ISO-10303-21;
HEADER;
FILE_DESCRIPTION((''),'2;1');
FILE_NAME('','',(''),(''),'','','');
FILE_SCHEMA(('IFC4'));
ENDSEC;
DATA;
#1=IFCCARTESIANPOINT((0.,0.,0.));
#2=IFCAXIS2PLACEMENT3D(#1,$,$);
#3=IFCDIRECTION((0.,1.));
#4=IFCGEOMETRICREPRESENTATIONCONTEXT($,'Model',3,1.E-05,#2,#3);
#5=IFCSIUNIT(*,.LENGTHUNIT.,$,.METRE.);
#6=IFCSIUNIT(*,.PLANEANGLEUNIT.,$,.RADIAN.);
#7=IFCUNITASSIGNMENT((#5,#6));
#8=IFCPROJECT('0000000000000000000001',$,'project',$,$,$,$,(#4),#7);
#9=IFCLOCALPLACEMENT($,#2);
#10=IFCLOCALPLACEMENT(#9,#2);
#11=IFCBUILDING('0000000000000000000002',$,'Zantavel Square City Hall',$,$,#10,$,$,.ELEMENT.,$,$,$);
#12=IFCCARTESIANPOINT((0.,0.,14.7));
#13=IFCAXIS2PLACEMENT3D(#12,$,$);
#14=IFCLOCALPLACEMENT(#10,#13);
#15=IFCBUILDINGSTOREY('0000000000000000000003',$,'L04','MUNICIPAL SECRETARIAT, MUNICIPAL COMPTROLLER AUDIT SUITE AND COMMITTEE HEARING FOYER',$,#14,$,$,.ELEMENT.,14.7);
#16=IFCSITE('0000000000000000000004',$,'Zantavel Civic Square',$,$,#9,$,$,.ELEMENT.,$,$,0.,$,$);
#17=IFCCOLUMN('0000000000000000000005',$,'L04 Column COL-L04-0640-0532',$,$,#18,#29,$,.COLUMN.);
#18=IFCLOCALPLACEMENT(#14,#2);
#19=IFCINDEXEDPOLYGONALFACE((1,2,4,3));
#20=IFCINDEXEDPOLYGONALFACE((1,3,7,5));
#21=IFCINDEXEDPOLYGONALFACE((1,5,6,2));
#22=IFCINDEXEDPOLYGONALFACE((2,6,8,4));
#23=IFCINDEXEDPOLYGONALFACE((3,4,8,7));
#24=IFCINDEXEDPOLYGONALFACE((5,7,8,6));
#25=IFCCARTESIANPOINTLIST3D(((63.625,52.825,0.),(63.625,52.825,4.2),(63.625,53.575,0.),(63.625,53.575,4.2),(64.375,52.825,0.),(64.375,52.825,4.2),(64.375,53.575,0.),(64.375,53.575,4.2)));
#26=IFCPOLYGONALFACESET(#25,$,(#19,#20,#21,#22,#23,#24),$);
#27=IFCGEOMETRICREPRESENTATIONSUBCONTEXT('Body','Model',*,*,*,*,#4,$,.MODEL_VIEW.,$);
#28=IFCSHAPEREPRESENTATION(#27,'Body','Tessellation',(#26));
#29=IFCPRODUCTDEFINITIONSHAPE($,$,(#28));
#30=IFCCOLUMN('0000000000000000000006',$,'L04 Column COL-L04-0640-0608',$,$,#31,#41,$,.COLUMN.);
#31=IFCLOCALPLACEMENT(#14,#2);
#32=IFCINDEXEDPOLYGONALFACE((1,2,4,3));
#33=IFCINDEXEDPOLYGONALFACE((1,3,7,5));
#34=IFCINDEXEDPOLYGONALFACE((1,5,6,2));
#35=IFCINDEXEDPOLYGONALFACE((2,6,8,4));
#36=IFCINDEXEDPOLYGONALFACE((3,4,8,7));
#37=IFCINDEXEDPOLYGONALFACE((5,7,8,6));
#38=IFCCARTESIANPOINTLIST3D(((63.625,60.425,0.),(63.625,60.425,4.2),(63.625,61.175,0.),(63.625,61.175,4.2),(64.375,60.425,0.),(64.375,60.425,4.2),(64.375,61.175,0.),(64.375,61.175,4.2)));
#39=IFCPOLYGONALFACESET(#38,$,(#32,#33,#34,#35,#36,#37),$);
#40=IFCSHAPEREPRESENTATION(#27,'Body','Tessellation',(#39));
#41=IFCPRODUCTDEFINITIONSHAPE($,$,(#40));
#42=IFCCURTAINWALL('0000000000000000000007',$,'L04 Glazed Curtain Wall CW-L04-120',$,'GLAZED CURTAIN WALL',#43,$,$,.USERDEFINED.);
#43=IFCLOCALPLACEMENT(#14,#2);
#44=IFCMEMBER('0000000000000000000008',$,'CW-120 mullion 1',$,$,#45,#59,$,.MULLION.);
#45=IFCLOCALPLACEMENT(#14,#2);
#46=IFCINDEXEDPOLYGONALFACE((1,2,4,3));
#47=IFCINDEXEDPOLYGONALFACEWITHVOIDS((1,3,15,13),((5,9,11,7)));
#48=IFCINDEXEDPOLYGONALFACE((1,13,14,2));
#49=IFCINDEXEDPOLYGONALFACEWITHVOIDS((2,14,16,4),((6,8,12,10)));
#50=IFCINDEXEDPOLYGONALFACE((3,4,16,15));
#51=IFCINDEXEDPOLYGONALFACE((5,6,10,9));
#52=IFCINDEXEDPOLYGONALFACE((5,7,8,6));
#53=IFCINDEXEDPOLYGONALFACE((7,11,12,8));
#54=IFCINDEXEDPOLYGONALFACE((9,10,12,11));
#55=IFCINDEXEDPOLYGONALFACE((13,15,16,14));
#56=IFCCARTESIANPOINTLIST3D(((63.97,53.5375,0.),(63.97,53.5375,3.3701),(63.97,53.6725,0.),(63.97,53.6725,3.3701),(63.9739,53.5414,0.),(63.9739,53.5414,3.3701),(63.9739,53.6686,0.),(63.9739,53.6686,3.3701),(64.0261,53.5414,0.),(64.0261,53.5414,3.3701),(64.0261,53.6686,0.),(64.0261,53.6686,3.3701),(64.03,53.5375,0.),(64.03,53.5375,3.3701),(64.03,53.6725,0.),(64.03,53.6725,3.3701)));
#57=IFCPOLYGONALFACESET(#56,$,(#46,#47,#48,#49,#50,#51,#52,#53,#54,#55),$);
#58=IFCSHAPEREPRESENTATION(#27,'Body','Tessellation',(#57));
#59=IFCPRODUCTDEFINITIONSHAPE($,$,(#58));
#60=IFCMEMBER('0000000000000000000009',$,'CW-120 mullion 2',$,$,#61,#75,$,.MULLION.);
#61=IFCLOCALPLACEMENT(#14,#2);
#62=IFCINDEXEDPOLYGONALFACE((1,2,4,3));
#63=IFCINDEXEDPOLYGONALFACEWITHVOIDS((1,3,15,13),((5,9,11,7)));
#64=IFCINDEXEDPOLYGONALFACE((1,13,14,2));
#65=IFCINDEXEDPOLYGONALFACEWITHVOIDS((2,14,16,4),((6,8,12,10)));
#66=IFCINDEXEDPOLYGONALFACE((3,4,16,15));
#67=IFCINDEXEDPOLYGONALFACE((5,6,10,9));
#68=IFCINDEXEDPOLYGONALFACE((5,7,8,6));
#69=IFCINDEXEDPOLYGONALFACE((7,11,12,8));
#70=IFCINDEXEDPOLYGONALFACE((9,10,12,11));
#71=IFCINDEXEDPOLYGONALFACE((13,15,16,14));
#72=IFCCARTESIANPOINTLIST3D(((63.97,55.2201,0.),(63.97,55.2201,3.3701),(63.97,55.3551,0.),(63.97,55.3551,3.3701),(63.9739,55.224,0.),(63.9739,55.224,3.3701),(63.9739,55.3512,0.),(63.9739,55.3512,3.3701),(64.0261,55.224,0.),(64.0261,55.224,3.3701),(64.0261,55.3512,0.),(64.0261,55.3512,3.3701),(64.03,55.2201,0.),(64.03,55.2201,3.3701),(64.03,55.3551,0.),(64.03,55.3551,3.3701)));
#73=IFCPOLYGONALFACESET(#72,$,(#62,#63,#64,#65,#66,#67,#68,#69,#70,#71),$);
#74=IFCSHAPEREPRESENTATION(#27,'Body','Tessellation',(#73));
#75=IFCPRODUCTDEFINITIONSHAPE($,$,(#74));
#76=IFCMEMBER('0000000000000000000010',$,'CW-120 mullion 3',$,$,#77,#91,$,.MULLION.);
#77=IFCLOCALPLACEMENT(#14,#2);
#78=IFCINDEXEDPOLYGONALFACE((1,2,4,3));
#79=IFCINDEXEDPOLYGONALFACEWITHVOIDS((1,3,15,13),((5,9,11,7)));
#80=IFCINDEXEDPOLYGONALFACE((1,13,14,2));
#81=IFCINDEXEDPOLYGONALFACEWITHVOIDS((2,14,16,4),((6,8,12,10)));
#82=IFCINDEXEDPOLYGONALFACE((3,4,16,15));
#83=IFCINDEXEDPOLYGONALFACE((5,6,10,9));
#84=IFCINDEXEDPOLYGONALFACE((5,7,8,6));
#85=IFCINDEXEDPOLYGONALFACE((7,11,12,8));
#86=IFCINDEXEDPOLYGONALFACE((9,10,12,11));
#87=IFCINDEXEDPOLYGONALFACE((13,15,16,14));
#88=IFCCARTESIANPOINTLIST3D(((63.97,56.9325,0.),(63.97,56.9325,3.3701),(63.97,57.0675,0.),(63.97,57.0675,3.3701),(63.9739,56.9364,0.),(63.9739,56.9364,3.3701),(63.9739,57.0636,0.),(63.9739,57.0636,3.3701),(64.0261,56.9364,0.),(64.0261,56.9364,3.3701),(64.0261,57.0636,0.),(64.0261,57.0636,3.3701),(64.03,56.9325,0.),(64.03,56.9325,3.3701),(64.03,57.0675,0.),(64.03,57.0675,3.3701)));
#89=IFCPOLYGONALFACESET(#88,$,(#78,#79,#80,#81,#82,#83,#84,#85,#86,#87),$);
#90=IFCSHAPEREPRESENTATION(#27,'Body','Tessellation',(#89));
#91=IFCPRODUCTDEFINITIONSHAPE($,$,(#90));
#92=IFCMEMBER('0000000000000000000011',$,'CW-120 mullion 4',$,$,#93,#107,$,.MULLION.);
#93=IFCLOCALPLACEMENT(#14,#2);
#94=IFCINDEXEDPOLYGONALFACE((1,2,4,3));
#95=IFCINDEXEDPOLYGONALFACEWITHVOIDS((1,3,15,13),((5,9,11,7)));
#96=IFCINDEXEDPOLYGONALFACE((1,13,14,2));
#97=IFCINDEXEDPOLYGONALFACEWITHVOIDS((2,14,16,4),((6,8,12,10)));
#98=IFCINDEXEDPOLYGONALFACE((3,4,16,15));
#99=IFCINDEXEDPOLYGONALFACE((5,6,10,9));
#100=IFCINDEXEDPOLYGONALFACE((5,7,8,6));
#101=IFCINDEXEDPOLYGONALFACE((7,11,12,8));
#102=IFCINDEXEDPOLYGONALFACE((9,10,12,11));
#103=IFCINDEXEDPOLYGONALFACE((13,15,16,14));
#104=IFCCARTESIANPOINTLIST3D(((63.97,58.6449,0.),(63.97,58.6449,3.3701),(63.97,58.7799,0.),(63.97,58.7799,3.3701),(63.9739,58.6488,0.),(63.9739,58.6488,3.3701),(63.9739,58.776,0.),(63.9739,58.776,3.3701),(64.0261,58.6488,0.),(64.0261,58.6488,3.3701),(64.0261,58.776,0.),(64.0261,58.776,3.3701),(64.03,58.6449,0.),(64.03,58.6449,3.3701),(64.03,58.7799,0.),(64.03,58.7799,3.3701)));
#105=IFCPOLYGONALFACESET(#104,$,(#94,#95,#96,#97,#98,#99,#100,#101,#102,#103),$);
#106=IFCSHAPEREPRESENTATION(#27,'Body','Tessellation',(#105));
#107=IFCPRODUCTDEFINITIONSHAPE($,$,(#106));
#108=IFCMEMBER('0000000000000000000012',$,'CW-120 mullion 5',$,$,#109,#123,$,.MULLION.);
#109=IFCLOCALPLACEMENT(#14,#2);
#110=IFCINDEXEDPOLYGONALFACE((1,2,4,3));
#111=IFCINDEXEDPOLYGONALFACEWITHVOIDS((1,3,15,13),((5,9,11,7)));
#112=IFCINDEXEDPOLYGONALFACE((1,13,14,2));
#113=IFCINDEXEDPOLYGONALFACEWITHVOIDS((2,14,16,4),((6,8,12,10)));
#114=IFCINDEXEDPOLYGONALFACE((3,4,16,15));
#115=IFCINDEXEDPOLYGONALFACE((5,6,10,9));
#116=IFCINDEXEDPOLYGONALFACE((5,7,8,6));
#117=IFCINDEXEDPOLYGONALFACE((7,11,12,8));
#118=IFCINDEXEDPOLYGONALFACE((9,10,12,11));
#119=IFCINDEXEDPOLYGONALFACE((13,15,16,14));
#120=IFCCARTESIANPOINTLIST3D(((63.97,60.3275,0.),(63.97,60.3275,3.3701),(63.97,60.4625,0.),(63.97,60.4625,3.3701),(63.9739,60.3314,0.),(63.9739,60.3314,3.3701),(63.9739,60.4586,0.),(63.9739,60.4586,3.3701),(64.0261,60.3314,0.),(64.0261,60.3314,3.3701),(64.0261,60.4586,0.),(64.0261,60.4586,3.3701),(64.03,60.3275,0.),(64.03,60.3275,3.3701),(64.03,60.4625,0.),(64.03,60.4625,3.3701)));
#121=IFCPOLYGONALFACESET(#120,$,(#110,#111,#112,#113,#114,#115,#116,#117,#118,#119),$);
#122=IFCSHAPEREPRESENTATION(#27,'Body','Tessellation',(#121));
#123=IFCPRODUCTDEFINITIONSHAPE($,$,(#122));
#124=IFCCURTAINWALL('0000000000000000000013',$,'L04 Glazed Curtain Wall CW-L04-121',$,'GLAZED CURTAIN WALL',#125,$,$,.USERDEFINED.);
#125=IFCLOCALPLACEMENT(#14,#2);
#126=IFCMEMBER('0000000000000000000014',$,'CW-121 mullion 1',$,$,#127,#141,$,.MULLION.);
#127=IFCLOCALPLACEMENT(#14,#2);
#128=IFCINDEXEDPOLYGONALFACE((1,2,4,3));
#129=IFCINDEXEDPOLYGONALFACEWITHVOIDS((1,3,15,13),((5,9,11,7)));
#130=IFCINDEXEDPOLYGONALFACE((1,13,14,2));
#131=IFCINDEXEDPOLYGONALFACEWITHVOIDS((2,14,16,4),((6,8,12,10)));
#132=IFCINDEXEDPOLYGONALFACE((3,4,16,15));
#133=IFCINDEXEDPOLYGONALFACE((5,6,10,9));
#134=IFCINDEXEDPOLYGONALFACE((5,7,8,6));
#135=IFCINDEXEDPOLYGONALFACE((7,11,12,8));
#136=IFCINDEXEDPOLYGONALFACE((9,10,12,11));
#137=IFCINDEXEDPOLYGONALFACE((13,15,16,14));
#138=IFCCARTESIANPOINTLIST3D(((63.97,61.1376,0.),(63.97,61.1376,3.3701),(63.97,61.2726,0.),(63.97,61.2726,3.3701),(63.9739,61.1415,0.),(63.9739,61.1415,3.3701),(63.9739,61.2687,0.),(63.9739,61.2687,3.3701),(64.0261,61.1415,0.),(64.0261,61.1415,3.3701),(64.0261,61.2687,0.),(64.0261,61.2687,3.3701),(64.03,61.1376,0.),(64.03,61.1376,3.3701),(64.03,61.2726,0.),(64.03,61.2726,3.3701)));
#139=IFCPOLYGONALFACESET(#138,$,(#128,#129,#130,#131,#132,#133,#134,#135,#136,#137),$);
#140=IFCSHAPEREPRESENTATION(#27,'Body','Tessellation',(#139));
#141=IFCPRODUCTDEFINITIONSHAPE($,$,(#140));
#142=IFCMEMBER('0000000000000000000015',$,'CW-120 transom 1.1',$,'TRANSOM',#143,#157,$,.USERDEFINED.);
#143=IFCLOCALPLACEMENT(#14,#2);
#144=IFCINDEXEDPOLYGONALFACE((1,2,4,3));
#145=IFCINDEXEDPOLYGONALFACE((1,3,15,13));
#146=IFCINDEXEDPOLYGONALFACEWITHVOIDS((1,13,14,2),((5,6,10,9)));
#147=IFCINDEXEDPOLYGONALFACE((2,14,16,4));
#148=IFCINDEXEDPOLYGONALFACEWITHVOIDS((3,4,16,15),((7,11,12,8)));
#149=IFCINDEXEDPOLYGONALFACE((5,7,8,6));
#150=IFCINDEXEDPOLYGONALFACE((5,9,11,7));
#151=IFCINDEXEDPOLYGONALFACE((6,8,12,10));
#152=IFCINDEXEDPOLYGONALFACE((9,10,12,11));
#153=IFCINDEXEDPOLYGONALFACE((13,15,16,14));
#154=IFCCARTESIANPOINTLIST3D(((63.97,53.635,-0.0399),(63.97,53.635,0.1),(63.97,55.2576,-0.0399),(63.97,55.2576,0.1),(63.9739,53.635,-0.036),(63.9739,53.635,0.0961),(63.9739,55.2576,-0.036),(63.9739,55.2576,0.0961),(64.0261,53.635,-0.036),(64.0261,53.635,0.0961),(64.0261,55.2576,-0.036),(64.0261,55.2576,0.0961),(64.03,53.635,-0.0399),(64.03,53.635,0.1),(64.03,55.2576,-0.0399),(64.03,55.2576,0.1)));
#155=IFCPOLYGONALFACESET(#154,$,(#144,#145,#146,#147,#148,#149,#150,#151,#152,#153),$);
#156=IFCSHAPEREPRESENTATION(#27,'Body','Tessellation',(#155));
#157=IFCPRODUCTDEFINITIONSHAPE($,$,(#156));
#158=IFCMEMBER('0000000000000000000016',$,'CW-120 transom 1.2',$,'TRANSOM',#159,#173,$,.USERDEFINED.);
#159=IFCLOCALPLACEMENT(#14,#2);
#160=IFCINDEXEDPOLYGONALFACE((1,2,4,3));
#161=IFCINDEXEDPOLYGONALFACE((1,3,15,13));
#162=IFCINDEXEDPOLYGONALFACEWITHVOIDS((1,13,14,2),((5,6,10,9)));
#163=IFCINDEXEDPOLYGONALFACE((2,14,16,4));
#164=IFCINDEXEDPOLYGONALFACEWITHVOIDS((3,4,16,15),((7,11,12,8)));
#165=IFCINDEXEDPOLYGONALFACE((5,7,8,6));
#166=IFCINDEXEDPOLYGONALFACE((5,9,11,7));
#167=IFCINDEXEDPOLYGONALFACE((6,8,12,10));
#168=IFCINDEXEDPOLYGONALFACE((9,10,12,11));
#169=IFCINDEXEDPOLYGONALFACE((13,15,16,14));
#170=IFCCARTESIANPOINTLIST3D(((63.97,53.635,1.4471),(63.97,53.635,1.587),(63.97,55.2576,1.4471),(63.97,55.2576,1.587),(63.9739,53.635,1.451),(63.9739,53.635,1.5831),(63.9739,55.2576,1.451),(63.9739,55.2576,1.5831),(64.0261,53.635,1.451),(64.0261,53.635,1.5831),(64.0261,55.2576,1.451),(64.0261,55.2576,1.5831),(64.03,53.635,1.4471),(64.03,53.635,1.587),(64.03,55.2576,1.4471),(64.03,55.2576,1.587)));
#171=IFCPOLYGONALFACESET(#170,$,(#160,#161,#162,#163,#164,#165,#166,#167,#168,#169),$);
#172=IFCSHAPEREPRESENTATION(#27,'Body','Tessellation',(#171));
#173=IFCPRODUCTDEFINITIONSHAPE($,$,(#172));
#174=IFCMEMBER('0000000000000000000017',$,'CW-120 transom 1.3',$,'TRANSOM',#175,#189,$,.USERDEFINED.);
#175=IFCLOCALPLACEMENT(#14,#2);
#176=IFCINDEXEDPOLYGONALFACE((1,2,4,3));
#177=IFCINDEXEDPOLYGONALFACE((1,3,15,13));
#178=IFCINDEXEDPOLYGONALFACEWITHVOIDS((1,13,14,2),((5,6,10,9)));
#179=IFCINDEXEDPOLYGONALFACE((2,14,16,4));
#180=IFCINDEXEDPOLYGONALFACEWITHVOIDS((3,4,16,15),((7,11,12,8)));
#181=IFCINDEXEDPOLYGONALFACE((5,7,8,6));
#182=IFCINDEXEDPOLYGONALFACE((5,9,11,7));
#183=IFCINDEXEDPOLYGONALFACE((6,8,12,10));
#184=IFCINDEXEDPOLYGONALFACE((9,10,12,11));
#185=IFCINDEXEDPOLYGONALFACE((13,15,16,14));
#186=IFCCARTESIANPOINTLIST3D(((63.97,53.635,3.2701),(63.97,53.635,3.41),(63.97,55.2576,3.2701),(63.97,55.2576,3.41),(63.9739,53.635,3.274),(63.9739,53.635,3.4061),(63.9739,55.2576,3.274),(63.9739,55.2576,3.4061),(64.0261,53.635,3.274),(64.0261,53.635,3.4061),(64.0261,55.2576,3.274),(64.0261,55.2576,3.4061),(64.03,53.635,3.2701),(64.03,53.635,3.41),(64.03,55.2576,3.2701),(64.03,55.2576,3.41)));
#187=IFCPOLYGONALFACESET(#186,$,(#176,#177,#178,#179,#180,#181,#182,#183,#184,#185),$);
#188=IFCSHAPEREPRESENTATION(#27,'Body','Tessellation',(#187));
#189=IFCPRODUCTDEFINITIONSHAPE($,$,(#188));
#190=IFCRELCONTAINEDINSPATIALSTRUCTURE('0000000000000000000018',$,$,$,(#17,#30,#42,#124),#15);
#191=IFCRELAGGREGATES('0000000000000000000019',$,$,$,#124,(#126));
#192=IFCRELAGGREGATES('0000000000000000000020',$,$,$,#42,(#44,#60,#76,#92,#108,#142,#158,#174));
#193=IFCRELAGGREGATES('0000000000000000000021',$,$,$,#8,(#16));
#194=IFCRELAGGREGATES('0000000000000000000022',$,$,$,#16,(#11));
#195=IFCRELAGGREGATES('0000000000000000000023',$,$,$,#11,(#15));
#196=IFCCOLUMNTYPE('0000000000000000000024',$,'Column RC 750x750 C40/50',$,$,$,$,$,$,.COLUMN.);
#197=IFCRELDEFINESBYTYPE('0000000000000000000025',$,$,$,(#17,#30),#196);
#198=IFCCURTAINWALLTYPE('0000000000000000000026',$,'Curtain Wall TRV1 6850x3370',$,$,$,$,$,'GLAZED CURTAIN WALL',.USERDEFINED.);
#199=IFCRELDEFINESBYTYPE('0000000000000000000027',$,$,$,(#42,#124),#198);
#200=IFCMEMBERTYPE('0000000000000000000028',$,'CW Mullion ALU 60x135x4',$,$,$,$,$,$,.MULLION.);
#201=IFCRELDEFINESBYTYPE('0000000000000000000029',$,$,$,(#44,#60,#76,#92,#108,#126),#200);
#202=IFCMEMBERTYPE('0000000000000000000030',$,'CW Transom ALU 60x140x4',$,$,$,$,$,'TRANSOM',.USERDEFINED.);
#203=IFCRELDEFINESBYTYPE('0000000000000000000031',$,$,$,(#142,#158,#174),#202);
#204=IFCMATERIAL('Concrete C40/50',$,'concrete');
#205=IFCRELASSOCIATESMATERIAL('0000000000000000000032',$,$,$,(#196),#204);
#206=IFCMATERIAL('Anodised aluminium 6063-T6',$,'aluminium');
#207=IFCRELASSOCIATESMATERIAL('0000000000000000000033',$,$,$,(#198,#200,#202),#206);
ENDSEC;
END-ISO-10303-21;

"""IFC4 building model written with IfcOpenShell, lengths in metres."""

from ifc_helpers import new_model, si_unit, direction, frame, origin, origin_2d, place, context, subcontext, project, spatial, rectangle, hollow_rectangle, extrude, material, material_profile, profile_set, type_object, element, aggregate, save


model = new_model("IFC4")

# Units and contexts
model_context = context("Model", 3, precision=1e-05, world=origin(), true_north=direction((0.0, 1.0)))
body_context = subcontext(model_context, "Body", "Model", "MODEL_VIEW")
ifc_project = project(units=[si_unit("LENGTHUNIT", "METRE"), si_unit("PLANEANGLEUNIT", "RADIAN")], contexts=[model_context])

# Site, building, storey
site_placement = place(None, origin())
site = spatial("IfcSite", under=ifc_project, at=site_placement, Name="Zantavel Civic Square", CompositionType="ELEMENT", RefElevation=0.0)
building_placement = place(site_placement, origin())
building = spatial("IfcBuilding", under=site, at=building_placement, Name="Zantavel Square City Hall", CompositionType="ELEMENT")
storey_placement = place(building_placement, frame((0.0, 0.0, 14.7)))
storey = spatial("IfcBuildingStorey", under=building, at=storey_placement, Name="L04", Description="MUNICIPAL SECRETARIAT, MUNICIPAL COMPTROLLER AUDIT SUITE AND COMMITTEE HEARING FOYER", CompositionType="ELEMENT", Elevation=14.7)

# Columns
ifc_material_1 = material(Name="Concrete C40/50", Category="concrete")
ifc_material_profile_1 = material_profile(ifc_material_1, rectangle(XDim=0.75, YDim=0.75, at=origin_2d()), Name="RC 750x750")
ifc_profile_set_1 = profile_set([ifc_material_profile_1], Name="Concrete C40/50")
column_type = type_object("IfcColumnType", Name="Column RC 750x750 C40/50", PredefinedType="COLUMN", material=ifc_profile_set_1)
for number, where, z_axis, x_axis, name in (
    (1, (64.0, 53.2, 0.0), (0.0, 0.0, 1.0), (1.0, 0.0, 0.0), "L04 Column COL-L04-0640-0532"),
    (2, (64.0, 60.8, 0.0), (0.0, 0.0, 1.0), (1.0, 0.0, 0.0), "L04 Column COL-L04-0640-0608"),
):
    element("IfcColumn", number, at=place(storey_placement, frame(where, z_axis=z_axis, x_axis=x_axis)), inside=storey, type_object=column_type, Name=name, PredefinedType="COLUMN", context=body_context, shape_type="SweptSolid", body=[
        extrude(rectangle(XDim=0.75, YDim=0.75, at=origin_2d()), origin(), (0.0, 0.0, 1.0), 4.2),
    ])

# Curtain wall, members
ifc_material_2 = material(Name="Anodised aluminium 6063-T6", Category="aluminium")
curtain_wall_type = type_object("IfcCurtainWallType", Name="Curtain Wall TRV1 6850x3370", ElementType="GLAZED CURTAIN WALL", PredefinedType="USERDEFINED", material=ifc_material_2)
curtain_wall_1_placement = place(storey_placement, origin())
curtain_wall_1 = element("IfcCurtainWall", 3, at=curtain_wall_1_placement, inside=storey, type_object=curtain_wall_type, Name="L04 Glazed Curtain Wall CW-L04-120", ObjectType="GLAZED CURTAIN WALL", PredefinedType="USERDEFINED")
ifc_material_profile_2 = material_profile(ifc_material_2, hollow_rectangle(XDim=0.0601, YDim=0.135, WallThickness=0.0039, at=origin_2d()), Name="ALU 60x135x4")
ifc_profile_set_2 = profile_set([ifc_material_profile_2], Name="Anodised aluminium 6063-T6")
member_type_1 = type_object("IfcMemberType", Name="CW Mullion ALU 60x135x4", PredefinedType="MULLION", material=ifc_profile_set_2)
member_1_placement = place(storey_placement, frame((64.0, 53.605, 0.0), z_axis=(0.0, 0.0, 1.0), x_axis=(-1.0, 0.0, 0.0)))
member_1 = element("IfcMember", 4, at=member_1_placement, type_object=member_type_1, Name="CW-120 mullion 1", PredefinedType="MULLION", context=body_context, shape_type="SweptSolid", body=[
    extrude(hollow_rectangle(XDim=0.0601, YDim=0.135, WallThickness=0.0039, at=origin_2d()), origin(), (0.0, 0.0, 1.0), 3.3701),
])
member_2_placement = place(storey_placement, frame((64.0, 55.2876, 0.0), z_axis=(0.0, 0.0, 1.0), x_axis=(-1.0, 0.0, 0.0)))
member_2 = element("IfcMember", 5, at=member_2_placement, type_object=member_type_1, Name="CW-120 mullion 2", PredefinedType="MULLION", context=body_context, shape_type="SweptSolid", body=[
    extrude(hollow_rectangle(XDim=0.0601, YDim=0.135, WallThickness=0.0039, at=origin_2d()), origin(), (0.0, 0.0, 1.0), 3.3701),
])
member_3_placement = place(storey_placement, frame((64.0, 57.0, 0.0), z_axis=(0.0, 0.0, 1.0), x_axis=(-1.0, 0.0, 0.0)))
member_3 = element("IfcMember", 6, at=member_3_placement, type_object=member_type_1, Name="CW-120 mullion 3", PredefinedType="MULLION", context=body_context, shape_type="SweptSolid", body=[
    extrude(hollow_rectangle(XDim=0.0601, YDim=0.135, WallThickness=0.0039, at=origin_2d()), origin(), (0.0, 0.0, 1.0), 3.3701),
])
member_4_placement = place(storey_placement, frame((64.0, 58.7124, 0.0), z_axis=(0.0, 0.0, 1.0), x_axis=(-1.0, 0.0, 0.0)))
member_4 = element("IfcMember", 7, at=member_4_placement, type_object=member_type_1, Name="CW-120 mullion 4", PredefinedType="MULLION", context=body_context, shape_type="SweptSolid", body=[
    extrude(hollow_rectangle(XDim=0.0601, YDim=0.135, WallThickness=0.0039, at=origin_2d()), origin(), (0.0, 0.0, 1.0), 3.3701),
])
member_5_placement = place(storey_placement, frame((64.0, 60.395, 0.0), z_axis=(0.0, 0.0, 1.0), x_axis=(-1.0, 0.0, 0.0)))
member_5 = element("IfcMember", 8, at=member_5_placement, type_object=member_type_1, Name="CW-120 mullion 5", PredefinedType="MULLION", context=body_context, shape_type="SweptSolid", body=[
    extrude(hollow_rectangle(XDim=0.0601, YDim=0.135, WallThickness=0.0039, at=origin_2d()), origin(), (0.0, 0.0, 1.0), 3.3701),
])

# Curtain wall, member
curtain_wall_2_placement = place(storey_placement, origin())
curtain_wall_2 = element("IfcCurtainWall", 9, at=curtain_wall_2_placement, inside=storey, type_object=curtain_wall_type, Name="L04 Glazed Curtain Wall CW-L04-121", ObjectType="GLAZED CURTAIN WALL", PredefinedType="USERDEFINED")
member_6_placement = place(storey_placement, frame((64.0, 61.2051, 0.0), z_axis=(0.0, 0.0, 1.0), x_axis=(-1.0, 0.0, 0.0)))
member_6 = element("IfcMember", 10, at=member_6_placement, type_object=member_type_1, Name="CW-121 mullion 1", PredefinedType="MULLION", context=body_context, shape_type="SweptSolid", body=[
    extrude(hollow_rectangle(XDim=0.0601, YDim=0.135, WallThickness=0.0039, at=origin_2d()), origin(), (0.0, 0.0, 1.0), 3.3701),
])

# Members
ifc_material_profile_3 = material_profile(ifc_material_2, hollow_rectangle(XDim=0.0601, YDim=0.1399, WallThickness=0.0039, at=origin_2d()), Name="ALU 60x140x4")
ifc_profile_set_3 = profile_set([ifc_material_profile_3], Name="Anodised aluminium 6063-T6")
member_type_2 = type_object("IfcMemberType", Name="CW Transom ALU 60x140x4", ElementType="TRANSOM", PredefinedType="USERDEFINED", material=ifc_profile_set_3)
member_7_placement = place(storey_placement, frame((64.0, 53.635, 0.03), z_axis=(0.0, 1.0, 0.0), x_axis=(-1.0, 0.0, 0.0)))
member_7 = element("IfcMember", 11, at=member_7_placement, type_object=member_type_2, Name="CW-120 transom 1.1", ObjectType="TRANSOM", PredefinedType="USERDEFINED", context=body_context, shape_type="SweptSolid", body=[
    extrude(hollow_rectangle(XDim=0.0601, YDim=0.1399, WallThickness=0.0039, at=origin_2d()), origin(), (0.0, 0.0, 1.0), 1.6226),
])
member_8_placement = place(storey_placement, frame((64.0, 53.635, 1.5171), z_axis=(0.0, 1.0, 0.0), x_axis=(-1.0, 0.0, 0.0)))
member_8 = element("IfcMember", 12, at=member_8_placement, type_object=member_type_2, Name="CW-120 transom 1.2", ObjectType="TRANSOM", PredefinedType="USERDEFINED", context=body_context, shape_type="SweptSolid", body=[
    extrude(hollow_rectangle(XDim=0.0601, YDim=0.1399, WallThickness=0.0039, at=origin_2d()), origin(), (0.0, 0.0, 1.0), 1.6226),
])
member_9_placement = place(storey_placement, frame((64.0, 53.635, 3.3401), z_axis=(0.0, 1.0, 0.0), x_axis=(-1.0, 0.0, 0.0)))
member_9 = element("IfcMember", 13, at=member_9_placement, type_object=member_type_2, Name="CW-120 transom 1.3", ObjectType="TRANSOM", PredefinedType="USERDEFINED", context=body_context, shape_type="SweptSolid", body=[
    extrude(hollow_rectangle(XDim=0.0601, YDim=0.1399, WallThickness=0.0039, at=origin_2d()), origin(), (0.0, 0.0, 1.0), 1.6226),
])
aggregate(curtain_wall_2, [member_6])

aggregate(curtain_wall_1, [member_1, member_2, member_3, member_4, member_5, member_7, member_8, member_9])

save(model, "model.ifc")
